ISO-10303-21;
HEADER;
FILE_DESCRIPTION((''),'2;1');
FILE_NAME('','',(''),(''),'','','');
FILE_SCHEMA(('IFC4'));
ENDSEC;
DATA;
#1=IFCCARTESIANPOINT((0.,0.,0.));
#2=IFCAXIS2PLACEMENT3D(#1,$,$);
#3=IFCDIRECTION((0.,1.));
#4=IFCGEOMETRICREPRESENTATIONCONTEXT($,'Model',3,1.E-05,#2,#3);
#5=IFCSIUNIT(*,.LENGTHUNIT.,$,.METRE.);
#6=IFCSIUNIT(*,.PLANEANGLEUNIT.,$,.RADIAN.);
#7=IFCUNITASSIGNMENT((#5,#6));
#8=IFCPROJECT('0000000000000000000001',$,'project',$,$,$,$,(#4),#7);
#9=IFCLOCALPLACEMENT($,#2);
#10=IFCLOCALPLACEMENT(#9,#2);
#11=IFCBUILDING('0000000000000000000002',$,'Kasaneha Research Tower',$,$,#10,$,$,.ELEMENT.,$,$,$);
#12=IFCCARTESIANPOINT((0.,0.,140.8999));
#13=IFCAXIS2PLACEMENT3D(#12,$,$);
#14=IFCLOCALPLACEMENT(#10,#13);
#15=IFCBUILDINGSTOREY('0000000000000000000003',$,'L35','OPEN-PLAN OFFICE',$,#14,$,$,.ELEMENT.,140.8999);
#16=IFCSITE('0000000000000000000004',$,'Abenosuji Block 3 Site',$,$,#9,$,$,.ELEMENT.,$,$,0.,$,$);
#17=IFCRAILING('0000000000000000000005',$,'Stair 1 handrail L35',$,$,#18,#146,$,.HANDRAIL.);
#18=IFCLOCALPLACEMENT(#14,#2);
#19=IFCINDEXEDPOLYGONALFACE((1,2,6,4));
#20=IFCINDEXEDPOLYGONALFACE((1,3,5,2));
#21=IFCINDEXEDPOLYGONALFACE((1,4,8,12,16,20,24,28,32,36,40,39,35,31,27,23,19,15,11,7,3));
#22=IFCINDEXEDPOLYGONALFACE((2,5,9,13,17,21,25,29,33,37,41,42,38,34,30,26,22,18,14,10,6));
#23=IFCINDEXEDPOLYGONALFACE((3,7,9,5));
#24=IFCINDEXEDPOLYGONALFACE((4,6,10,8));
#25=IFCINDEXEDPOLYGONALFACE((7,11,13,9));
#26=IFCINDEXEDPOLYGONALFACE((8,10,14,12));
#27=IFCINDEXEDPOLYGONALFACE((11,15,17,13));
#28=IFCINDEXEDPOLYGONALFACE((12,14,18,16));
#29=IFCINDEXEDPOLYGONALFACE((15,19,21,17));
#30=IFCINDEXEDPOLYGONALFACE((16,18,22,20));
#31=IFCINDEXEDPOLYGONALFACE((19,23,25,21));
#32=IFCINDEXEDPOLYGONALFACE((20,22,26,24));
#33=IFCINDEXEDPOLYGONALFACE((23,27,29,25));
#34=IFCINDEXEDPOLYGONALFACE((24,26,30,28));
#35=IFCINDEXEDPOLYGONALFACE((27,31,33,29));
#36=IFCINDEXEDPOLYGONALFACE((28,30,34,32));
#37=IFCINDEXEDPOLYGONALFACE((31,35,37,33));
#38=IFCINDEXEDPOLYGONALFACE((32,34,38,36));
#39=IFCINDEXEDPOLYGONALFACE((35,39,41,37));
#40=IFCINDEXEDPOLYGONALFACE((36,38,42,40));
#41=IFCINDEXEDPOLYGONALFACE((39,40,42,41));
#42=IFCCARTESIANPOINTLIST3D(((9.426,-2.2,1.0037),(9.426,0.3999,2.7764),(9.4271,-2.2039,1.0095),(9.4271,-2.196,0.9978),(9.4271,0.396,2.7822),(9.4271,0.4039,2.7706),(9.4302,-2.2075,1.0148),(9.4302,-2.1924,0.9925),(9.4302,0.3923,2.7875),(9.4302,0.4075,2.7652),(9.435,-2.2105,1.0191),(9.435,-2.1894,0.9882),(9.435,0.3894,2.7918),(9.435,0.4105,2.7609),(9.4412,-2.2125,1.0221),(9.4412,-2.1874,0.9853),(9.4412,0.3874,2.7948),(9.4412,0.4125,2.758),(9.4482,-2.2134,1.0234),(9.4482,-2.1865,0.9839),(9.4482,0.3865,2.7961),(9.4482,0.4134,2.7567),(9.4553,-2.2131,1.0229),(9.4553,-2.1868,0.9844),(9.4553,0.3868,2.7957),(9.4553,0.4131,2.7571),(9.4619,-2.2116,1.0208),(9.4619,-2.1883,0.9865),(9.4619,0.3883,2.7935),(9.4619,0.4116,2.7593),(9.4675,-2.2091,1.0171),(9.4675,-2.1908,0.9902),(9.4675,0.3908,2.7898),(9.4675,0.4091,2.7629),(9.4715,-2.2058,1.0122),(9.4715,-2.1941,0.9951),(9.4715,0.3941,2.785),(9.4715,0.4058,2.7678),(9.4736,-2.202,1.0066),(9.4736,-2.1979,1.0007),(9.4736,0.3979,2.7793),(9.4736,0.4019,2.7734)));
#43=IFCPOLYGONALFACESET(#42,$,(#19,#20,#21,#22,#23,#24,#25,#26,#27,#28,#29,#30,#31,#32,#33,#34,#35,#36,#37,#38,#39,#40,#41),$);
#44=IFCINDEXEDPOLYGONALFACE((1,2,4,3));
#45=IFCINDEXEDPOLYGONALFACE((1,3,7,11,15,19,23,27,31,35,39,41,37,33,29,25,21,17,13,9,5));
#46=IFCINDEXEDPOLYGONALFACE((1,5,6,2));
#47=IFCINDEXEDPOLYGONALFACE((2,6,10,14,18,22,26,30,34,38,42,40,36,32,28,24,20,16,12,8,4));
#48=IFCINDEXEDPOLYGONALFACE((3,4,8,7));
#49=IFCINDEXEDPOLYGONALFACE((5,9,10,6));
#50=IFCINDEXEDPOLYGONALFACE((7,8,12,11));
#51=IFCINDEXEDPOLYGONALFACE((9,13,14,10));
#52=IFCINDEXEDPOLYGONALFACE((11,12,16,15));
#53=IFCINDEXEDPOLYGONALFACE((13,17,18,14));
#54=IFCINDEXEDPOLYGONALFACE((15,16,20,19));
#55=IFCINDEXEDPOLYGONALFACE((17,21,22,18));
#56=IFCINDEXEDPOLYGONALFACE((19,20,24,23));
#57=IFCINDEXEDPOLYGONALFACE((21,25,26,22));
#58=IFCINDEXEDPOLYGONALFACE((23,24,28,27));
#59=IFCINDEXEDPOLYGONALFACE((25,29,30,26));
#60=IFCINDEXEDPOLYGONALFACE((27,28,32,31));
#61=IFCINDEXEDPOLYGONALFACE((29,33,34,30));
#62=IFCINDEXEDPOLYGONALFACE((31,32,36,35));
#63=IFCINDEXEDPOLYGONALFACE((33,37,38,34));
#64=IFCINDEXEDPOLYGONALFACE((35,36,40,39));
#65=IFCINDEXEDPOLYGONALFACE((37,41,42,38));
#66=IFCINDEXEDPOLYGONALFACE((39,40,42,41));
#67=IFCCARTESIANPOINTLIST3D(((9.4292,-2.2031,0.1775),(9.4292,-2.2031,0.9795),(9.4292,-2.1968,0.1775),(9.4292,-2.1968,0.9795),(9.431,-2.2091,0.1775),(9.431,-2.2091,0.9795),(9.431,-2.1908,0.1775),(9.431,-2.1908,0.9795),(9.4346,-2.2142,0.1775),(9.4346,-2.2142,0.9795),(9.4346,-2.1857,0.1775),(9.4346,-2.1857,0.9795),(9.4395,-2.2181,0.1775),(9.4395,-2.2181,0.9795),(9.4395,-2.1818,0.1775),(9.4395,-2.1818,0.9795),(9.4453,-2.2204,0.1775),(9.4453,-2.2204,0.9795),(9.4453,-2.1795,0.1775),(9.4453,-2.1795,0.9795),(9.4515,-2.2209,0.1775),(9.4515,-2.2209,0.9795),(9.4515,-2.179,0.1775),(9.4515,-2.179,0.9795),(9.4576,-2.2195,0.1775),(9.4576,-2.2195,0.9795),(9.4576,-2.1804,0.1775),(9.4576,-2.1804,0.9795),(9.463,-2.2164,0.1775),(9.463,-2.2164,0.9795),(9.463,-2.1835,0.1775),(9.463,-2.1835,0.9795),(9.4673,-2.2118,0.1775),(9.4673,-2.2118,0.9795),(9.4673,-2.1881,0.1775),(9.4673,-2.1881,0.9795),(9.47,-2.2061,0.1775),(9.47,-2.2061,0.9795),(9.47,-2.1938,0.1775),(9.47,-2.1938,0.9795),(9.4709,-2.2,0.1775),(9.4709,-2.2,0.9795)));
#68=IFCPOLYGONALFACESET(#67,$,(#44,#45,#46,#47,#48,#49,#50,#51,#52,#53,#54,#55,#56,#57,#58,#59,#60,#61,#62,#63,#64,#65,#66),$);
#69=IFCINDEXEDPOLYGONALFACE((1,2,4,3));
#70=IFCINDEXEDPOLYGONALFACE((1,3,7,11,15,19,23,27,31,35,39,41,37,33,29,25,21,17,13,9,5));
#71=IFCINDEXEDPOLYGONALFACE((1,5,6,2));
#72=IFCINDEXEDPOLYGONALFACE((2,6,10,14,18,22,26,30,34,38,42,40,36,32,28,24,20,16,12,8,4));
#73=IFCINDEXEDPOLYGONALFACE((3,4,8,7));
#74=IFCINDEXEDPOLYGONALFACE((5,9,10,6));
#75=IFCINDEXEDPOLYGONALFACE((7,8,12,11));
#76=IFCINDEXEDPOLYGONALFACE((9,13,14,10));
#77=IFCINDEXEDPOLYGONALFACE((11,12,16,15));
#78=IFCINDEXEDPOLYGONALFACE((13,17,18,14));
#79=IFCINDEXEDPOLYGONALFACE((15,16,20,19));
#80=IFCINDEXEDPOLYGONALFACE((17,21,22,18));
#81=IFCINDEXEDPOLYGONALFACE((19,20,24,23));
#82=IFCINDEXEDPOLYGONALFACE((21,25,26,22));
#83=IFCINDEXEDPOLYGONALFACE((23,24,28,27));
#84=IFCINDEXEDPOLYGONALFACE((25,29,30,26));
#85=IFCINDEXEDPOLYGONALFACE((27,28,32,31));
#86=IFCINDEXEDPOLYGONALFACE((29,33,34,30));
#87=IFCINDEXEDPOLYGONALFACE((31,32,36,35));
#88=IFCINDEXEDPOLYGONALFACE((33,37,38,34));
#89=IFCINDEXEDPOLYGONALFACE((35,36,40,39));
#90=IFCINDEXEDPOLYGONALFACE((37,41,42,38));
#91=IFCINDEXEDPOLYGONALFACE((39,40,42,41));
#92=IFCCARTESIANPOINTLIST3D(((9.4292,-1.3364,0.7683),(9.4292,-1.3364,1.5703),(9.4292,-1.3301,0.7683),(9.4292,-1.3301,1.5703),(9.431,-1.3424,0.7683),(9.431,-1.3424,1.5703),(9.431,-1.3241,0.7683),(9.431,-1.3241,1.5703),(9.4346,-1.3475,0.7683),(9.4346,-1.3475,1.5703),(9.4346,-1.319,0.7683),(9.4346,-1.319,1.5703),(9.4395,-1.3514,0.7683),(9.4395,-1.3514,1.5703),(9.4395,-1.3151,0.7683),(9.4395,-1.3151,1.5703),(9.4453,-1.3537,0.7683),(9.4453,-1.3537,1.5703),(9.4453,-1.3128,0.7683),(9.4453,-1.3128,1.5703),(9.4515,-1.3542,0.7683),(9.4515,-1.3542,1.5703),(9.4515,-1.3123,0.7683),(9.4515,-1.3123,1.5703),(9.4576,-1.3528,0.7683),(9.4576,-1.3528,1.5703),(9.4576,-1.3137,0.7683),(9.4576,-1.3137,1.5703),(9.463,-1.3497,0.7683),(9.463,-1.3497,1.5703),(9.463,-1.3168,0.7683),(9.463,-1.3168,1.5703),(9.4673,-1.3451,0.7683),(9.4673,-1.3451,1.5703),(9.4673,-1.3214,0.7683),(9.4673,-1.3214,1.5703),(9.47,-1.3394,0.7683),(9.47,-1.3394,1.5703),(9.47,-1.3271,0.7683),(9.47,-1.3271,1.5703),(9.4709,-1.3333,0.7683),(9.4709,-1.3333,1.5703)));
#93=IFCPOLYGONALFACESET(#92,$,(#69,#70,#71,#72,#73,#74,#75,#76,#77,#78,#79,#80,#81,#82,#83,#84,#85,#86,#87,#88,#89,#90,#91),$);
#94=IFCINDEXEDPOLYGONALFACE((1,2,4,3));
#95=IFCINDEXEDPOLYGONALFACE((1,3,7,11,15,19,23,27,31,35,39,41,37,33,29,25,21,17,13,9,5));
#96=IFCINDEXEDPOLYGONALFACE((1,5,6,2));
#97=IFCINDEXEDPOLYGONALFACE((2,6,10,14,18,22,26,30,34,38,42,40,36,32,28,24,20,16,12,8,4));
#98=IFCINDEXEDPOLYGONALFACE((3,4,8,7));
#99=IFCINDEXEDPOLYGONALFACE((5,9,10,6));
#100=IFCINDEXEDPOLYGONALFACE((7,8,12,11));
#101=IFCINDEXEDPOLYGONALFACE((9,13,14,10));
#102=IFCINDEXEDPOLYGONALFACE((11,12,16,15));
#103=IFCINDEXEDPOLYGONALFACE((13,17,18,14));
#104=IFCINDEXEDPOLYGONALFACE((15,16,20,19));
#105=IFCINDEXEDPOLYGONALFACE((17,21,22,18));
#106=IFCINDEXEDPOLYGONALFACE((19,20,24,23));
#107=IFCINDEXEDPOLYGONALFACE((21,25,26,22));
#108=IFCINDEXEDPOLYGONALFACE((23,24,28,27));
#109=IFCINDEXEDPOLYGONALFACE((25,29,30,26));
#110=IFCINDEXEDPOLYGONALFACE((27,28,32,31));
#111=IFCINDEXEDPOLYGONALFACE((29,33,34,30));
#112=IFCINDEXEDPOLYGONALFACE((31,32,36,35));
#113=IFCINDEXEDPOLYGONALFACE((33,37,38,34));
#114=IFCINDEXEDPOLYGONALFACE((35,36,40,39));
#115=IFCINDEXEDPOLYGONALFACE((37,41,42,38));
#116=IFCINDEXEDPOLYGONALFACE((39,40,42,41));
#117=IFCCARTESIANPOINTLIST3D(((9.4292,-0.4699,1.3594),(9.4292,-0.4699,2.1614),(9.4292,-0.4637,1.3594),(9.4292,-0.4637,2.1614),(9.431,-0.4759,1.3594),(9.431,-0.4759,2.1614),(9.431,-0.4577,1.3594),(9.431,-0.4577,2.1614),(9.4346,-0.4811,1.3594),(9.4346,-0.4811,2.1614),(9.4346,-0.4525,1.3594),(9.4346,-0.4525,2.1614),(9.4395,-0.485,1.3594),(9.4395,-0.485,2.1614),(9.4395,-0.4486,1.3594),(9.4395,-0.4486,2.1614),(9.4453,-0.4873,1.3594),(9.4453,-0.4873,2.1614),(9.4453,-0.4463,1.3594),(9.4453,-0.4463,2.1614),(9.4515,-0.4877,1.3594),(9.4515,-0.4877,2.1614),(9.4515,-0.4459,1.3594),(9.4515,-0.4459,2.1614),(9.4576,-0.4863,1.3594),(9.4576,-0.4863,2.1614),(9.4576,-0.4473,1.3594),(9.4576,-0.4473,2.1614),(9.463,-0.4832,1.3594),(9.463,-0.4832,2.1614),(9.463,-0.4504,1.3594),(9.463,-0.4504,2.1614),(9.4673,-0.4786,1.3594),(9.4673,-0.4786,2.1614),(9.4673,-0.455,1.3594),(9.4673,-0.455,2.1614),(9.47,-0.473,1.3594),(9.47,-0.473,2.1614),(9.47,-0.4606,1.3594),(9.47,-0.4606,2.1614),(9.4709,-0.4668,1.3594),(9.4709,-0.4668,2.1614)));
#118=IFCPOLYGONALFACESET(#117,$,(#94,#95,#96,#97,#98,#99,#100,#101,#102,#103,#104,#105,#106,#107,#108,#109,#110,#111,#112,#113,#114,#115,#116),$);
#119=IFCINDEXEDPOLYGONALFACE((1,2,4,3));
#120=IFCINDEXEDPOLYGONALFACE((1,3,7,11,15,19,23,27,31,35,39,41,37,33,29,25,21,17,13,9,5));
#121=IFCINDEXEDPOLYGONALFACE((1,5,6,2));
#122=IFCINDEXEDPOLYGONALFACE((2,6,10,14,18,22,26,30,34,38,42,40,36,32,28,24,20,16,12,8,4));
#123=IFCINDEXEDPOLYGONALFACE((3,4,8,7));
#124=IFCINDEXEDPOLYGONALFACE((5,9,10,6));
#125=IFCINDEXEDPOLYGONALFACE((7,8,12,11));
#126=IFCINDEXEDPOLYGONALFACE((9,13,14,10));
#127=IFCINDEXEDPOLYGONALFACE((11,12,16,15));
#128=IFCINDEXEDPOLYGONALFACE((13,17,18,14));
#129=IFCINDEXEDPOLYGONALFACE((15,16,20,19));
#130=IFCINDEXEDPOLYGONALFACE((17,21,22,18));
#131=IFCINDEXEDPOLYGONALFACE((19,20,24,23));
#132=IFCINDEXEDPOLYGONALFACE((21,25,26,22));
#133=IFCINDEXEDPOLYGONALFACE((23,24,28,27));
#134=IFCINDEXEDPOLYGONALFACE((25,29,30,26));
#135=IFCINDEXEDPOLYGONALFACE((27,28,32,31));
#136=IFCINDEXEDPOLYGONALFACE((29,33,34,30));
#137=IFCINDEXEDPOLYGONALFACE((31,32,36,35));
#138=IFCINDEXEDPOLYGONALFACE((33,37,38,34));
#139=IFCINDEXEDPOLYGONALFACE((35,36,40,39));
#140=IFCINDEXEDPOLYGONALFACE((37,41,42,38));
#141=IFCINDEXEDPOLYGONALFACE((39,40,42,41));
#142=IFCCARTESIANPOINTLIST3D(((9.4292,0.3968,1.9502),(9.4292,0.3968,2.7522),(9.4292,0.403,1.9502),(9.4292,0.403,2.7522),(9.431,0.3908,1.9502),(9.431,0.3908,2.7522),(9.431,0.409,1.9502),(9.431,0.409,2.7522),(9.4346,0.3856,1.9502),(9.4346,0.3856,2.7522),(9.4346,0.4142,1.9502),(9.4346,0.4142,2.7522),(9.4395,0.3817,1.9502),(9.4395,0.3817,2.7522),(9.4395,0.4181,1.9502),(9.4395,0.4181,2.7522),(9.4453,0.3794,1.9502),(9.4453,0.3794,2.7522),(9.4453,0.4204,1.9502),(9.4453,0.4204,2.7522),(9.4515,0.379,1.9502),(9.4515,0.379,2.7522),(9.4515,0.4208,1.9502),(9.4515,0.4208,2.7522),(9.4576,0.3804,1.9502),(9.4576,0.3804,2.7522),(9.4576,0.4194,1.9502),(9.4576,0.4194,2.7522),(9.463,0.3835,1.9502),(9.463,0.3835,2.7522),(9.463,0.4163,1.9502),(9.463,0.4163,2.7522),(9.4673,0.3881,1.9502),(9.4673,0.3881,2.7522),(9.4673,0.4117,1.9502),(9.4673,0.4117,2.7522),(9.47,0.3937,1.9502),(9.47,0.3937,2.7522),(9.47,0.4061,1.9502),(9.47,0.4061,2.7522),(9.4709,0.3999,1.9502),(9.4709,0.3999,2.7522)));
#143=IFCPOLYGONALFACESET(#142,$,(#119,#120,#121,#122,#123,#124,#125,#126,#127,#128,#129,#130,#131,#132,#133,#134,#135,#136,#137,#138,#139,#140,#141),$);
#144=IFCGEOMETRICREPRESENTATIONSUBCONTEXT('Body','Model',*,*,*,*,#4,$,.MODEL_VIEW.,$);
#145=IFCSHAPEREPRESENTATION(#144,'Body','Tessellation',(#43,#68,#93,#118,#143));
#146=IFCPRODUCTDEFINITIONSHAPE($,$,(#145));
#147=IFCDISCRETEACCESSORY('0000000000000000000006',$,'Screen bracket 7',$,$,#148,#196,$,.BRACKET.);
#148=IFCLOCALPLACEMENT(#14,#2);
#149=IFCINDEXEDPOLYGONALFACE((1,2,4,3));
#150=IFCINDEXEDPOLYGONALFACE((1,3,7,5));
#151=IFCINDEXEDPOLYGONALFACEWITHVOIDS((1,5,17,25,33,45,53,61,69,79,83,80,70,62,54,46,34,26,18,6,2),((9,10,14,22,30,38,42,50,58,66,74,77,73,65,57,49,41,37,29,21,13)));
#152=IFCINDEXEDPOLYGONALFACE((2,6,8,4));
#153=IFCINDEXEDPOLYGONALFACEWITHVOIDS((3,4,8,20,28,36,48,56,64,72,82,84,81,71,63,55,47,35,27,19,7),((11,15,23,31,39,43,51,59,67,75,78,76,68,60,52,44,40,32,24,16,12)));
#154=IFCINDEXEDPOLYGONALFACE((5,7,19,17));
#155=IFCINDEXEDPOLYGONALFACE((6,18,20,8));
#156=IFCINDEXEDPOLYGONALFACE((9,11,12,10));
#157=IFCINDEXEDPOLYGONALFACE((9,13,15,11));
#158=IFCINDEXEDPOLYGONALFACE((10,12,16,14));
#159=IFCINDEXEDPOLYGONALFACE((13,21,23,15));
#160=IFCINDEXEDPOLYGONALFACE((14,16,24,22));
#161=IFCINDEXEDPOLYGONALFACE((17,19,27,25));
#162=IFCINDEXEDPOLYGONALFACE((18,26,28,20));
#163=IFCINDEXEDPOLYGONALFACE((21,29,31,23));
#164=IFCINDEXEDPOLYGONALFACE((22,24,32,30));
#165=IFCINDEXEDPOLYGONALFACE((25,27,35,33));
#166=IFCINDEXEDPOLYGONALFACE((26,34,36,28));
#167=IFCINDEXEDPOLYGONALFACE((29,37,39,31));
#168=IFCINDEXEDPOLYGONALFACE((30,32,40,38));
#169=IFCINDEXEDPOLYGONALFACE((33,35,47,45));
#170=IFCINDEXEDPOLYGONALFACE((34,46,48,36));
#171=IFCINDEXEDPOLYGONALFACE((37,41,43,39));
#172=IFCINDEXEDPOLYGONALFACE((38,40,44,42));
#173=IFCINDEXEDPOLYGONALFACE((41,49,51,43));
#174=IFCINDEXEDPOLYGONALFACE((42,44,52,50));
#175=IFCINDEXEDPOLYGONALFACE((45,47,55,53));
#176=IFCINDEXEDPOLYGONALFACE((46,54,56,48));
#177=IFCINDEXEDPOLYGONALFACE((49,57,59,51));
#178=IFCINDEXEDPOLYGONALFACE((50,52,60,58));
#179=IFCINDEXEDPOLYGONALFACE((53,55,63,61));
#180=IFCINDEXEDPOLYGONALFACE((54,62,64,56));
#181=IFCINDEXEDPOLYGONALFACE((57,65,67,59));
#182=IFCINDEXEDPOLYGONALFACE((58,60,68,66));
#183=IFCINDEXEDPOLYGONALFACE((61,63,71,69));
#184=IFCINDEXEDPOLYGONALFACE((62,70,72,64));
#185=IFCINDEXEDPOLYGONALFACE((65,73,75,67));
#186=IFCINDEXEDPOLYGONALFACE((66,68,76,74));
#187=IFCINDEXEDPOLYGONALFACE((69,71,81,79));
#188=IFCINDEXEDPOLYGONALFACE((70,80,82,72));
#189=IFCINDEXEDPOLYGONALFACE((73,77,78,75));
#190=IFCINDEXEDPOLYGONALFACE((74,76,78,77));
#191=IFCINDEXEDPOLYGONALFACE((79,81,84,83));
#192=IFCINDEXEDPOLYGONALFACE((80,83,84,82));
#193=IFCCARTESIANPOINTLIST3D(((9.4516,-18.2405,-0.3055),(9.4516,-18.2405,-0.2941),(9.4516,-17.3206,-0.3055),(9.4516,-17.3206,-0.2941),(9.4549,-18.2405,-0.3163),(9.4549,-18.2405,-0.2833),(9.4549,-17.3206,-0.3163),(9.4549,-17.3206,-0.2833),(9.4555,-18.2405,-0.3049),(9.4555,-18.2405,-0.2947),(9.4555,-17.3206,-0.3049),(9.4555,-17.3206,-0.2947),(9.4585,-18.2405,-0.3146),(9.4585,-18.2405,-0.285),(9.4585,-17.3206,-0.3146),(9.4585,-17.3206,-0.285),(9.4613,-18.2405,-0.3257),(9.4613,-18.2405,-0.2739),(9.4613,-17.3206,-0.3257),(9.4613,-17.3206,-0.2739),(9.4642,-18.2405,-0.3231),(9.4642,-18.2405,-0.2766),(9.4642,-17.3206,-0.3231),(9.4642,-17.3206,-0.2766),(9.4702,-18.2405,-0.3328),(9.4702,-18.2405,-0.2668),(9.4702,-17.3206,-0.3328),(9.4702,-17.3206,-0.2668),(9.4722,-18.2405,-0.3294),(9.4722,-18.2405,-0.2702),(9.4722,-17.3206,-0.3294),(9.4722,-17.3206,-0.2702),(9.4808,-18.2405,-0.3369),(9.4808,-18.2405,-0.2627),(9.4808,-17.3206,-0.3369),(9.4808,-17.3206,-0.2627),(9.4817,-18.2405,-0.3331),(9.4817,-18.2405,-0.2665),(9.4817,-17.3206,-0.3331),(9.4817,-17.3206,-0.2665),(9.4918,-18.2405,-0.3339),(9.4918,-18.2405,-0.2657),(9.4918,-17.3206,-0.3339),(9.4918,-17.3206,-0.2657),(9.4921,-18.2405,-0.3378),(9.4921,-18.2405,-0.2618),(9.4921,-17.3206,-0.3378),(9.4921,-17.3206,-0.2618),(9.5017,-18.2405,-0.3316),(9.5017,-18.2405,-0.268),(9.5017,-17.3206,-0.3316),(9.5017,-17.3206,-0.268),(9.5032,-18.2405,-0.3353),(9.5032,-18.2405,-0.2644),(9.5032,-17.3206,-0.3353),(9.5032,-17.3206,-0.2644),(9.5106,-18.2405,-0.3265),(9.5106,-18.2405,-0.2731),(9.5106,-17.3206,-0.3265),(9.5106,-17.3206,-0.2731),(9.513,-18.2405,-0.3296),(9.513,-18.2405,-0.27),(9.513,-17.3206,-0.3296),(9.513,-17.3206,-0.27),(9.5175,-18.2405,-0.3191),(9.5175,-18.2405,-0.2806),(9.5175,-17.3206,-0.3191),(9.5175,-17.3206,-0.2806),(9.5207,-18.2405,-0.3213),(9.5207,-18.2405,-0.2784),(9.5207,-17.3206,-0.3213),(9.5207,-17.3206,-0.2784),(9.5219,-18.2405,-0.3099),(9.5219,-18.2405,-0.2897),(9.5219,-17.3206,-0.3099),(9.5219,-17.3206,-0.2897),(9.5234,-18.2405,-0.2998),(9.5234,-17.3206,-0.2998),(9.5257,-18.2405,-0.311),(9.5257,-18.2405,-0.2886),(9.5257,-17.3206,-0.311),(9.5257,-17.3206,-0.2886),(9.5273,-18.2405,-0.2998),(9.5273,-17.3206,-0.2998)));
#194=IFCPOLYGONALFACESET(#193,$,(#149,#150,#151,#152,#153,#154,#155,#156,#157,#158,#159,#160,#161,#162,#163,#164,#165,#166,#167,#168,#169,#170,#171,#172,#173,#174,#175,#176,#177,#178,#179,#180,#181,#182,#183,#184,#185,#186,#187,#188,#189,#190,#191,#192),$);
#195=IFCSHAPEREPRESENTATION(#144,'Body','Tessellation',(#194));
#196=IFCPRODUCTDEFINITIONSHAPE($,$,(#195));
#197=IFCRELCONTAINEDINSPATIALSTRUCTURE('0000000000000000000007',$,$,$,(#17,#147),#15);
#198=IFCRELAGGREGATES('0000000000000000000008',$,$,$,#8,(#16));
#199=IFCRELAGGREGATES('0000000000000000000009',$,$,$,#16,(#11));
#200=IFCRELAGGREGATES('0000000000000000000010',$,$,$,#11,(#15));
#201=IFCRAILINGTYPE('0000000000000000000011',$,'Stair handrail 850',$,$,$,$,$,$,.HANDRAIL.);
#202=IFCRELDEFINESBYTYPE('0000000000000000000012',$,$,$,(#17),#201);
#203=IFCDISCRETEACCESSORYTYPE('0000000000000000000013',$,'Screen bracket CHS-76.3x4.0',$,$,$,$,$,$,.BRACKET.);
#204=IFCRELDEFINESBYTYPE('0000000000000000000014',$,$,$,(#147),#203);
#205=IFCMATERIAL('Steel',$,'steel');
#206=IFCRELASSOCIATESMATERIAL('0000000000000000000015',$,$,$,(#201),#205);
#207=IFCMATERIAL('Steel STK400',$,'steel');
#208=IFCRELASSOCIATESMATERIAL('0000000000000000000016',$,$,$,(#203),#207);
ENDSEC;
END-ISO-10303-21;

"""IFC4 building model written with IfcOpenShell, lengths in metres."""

from ifc_helpers import new_model, si_unit, direction, frame, origin, origin_2d, place, context, subcontext, project, spatial, circle, hollow_circle, extrude, material, material_profile, profile_set, type_object, element, save


model = new_model("IFC4")

# Units and contexts
model_context = context("Model", 3, precision=1e-05, world=origin(), true_north=direction((0.0, 1.0)))
body_context = subcontext(model_context, "Body", "Model", "MODEL_VIEW")
ifc_project = project(units=[si_unit("LENGTHUNIT", "METRE"), si_unit("PLANEANGLEUNIT", "RADIAN")], contexts=[model_context])

# Site, building, storey
site_placement = place(None, origin())
site = spatial("IfcSite", under=ifc_project, at=site_placement, Name="Abenosuji Block 3 Site", CompositionType="ELEMENT", RefElevation=0.0)
building_placement = place(site_placement, origin())
building = spatial("IfcBuilding", under=site, at=building_placement, Name="Kasaneha Research Tower", CompositionType="ELEMENT")
storey_placement = place(building_placement, frame((0.0, 0.0, 140.8999)))
storey = spatial("IfcBuildingStorey", under=building, at=storey_placement, Name="L35", Description="OPEN-PLAN OFFICE", CompositionType="ELEMENT", Elevation=140.8999)

# Railing
ifc_material_1 = material(Name="Steel", Category="steel")
railing_type = type_object("IfcRailingType", Name="Stair handrail 850", PredefinedType="HANDRAIL", material=ifc_material_1)
railing_placement = place(storey_placement, frame((9.45, -2.2, 0.1775)))
element("IfcRailing", 1, at=railing_placement, inside=storey, type_object=railing_type, Name="Stair 1 handrail L35", PredefinedType="HANDRAIL", context=body_context, shape_type="SweptSolid", body=[
    extrude(circle(Radius=0.0239, at=origin_2d()), frame((0.0, 0.0, 0.8262), z_axis=(0.0, 0.826216, 0.563354), x_axis=(-1.0, 0.0, 0.0)), (0.0, 0.0, 1.0), 3.1467),
    extrude(circle(Radius=0.021, at=origin_2d()), origin(), (0.0, 0.0, 1.0), 0.802),
    extrude(circle(Radius=0.021, at=origin_2d()), frame((0.0, 0.8667, 0.5908)), (0.0, 0.0, 1.0), 0.802),
    extrude(circle(Radius=0.021, at=origin_2d()), frame((0.0, 1.7332, 1.1819)), (0.0, 0.0, 1.0), 0.802),
    extrude(circle(Radius=0.021, at=origin_2d()), frame((0.0, 2.5999, 1.7727)), (0.0, 0.0, 1.0), 0.802),
])

# Discrete accessory
ifc_material_2 = material(Name="Steel STK400", Category="steel")
ifc_material_profile_1 = material_profile(ifc_material_2, hollow_circle(Radius=0.0381, WallThickness=0.0039, at=origin_2d()), Name="CHS-76.3x4.0")
ifc_profile_set_1 = profile_set([ifc_material_profile_1], Name="Steel STK400")
discrete_accessory_type = type_object("IfcDiscreteAccessoryType", Name="Screen bracket CHS-76.3x4.0", PredefinedType="BRACKET", material=ifc_profile_set_1)
discrete_accessory_placement = place(storey_placement, frame((9.4893, -17.3206, -0.2998), z_axis=(0.0, -1.0, 0.0), x_axis=(1.0, 0.0, 0.0)))
element("IfcDiscreteAccessory", 2, at=discrete_accessory_placement, inside=storey, type_object=discrete_accessory_type, Name="Screen bracket 7", PredefinedType="BRACKET", context=body_context, shape_type="SweptSolid", body=[
    extrude(hollow_circle(Radius=0.0381, WallThickness=0.0039, at=origin_2d()), origin(), (0.0, 0.0, 1.0), 0.9199),
])

save(model, "model.ifc")
